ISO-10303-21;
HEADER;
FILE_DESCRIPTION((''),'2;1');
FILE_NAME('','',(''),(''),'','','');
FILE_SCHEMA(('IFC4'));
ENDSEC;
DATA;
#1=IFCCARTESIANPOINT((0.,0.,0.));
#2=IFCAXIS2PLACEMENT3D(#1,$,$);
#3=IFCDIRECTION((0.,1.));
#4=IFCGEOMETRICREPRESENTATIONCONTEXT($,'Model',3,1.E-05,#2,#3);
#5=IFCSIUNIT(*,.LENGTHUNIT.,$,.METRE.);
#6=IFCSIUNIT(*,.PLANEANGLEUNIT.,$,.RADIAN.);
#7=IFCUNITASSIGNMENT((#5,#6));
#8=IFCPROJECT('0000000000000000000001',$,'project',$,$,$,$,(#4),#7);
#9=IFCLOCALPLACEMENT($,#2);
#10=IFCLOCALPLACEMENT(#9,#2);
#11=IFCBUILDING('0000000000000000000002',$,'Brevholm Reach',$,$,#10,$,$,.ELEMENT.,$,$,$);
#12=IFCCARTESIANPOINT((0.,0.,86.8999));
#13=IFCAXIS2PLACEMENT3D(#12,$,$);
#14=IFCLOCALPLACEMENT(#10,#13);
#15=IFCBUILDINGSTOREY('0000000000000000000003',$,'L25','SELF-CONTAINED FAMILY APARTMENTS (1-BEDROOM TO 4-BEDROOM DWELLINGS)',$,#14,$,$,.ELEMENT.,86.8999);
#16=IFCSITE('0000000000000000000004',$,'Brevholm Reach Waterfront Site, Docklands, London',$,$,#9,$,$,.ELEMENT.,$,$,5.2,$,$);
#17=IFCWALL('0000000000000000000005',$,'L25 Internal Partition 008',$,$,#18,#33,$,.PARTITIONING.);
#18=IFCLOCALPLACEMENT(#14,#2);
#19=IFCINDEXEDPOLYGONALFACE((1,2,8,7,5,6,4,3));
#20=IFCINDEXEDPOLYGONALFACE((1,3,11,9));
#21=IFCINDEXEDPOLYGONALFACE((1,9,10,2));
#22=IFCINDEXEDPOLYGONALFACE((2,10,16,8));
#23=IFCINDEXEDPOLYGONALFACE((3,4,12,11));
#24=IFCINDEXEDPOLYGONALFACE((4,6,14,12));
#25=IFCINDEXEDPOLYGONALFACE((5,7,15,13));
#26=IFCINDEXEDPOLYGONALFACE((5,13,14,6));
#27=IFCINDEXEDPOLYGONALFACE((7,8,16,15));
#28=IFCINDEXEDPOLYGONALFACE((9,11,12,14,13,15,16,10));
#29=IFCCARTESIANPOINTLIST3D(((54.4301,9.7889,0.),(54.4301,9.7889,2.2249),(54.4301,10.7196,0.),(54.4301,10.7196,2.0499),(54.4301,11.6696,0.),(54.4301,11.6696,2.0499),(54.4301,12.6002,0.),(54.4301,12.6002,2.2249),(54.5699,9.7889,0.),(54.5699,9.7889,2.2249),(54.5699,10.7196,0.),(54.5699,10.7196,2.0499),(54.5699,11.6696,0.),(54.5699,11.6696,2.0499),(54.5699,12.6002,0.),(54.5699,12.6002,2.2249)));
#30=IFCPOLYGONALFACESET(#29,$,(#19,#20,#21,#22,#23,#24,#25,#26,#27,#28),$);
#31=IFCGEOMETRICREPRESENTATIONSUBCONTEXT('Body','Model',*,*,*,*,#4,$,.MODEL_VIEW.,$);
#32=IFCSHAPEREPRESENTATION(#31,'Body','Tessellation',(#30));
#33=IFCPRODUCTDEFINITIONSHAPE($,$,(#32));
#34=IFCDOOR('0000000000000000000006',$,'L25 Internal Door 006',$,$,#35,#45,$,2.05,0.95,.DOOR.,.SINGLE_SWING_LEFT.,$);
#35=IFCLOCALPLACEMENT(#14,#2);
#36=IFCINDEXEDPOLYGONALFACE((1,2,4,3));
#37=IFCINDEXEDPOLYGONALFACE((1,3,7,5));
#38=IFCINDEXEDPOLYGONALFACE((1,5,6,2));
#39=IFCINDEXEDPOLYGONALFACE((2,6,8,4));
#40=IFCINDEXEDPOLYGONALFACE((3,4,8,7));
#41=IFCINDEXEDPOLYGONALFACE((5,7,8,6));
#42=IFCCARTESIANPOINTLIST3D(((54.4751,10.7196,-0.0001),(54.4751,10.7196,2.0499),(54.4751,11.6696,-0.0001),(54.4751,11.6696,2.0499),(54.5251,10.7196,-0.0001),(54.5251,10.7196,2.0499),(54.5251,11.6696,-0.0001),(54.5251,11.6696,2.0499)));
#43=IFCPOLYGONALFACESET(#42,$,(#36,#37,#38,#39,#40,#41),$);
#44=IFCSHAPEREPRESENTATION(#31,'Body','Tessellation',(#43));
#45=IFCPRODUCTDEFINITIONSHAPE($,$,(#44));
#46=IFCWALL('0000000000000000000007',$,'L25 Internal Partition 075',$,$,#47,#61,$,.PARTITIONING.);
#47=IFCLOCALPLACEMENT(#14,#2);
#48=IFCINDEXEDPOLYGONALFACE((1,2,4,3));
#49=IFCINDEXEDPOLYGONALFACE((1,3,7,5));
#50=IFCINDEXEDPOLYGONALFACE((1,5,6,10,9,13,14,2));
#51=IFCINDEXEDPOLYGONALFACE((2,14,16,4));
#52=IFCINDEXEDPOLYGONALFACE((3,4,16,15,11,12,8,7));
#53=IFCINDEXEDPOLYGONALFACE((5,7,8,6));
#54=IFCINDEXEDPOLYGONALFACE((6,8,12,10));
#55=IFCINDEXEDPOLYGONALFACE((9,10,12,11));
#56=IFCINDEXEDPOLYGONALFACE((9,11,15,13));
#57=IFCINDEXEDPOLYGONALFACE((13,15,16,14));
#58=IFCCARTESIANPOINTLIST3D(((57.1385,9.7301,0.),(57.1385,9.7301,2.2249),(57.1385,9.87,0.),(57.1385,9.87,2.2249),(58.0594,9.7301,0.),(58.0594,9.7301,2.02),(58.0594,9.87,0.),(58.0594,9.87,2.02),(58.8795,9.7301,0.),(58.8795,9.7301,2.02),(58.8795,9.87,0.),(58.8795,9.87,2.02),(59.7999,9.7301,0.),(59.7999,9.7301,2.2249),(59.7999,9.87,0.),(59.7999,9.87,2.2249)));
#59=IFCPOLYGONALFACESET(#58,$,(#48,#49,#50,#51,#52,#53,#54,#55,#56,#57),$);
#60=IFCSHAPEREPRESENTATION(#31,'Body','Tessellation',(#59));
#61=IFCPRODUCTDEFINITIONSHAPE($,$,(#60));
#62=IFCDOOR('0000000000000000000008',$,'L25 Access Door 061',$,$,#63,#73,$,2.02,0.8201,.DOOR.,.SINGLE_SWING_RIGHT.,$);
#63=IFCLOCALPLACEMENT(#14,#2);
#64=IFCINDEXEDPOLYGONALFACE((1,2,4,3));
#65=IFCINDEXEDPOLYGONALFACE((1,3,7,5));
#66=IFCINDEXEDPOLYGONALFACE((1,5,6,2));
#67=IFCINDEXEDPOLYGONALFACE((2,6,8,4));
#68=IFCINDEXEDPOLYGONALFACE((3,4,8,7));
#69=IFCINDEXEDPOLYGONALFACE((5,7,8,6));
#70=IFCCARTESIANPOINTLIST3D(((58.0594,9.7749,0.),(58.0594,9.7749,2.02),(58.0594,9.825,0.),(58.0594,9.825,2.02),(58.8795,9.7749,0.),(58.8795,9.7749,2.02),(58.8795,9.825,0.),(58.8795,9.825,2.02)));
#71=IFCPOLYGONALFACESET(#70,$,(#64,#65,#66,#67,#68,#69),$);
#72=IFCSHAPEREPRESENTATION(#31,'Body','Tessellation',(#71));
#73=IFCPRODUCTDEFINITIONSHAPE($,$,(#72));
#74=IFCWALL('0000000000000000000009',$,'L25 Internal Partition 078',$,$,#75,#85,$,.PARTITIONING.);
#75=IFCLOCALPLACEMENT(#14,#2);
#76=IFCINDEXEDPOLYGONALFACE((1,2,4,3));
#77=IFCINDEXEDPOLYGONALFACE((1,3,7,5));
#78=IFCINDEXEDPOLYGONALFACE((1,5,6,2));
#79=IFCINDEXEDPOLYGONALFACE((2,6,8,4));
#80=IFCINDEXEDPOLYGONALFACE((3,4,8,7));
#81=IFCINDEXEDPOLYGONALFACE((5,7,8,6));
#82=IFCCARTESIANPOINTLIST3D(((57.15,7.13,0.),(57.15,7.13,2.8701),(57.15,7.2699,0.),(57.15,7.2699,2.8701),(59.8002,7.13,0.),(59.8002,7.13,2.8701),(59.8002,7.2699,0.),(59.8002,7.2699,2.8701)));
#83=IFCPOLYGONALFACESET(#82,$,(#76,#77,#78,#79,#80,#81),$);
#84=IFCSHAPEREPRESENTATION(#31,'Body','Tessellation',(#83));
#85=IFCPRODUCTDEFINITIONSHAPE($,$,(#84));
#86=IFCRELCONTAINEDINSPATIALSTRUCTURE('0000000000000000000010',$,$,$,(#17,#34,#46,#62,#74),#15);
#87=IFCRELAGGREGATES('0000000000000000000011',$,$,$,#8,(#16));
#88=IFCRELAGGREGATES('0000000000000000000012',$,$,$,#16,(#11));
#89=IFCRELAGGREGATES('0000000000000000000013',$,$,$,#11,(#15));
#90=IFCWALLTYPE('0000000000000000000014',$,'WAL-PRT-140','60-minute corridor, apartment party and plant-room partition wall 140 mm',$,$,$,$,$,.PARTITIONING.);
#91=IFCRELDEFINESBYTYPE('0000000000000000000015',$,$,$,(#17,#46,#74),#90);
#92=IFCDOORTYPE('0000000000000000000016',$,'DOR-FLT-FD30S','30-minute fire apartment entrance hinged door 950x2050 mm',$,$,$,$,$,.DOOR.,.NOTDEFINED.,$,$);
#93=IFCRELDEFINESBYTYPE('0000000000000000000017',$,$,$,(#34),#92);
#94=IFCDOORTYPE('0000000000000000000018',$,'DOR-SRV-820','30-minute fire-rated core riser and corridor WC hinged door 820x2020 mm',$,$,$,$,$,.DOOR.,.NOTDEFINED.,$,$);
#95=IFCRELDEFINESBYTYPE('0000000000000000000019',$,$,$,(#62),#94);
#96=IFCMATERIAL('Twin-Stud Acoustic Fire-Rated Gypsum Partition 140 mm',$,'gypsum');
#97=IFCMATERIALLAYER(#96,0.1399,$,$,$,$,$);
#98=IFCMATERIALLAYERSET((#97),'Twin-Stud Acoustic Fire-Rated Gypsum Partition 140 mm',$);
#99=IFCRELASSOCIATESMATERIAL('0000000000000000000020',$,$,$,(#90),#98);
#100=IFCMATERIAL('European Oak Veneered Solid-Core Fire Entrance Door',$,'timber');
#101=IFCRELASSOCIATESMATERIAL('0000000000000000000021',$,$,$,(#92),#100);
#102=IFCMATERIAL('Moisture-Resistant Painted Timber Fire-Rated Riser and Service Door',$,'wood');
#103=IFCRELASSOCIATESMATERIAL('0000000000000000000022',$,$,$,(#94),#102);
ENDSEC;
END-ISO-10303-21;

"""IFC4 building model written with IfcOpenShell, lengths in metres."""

from ifc_helpers import new_model, si_unit, direction, frame, frame_2d, origin, place, context, subcontext, project, spatial, rectangle, extrude, material, layer, layer_set, type_object, element, fill, save


model = new_model("IFC4")

# Units and contexts
model_context = context("Model", 3, precision=1e-05, world=origin(), true_north=direction((0.0, 1.0)))
body_context = subcontext(model_context, "Body", "Model", "MODEL_VIEW")
ifc_project = project(units=[si_unit("LENGTHUNIT", "METRE"), si_unit("PLANEANGLEUNIT", "RADIAN")], contexts=[model_context])

# Site, building, storey
site_placement = place(None, origin())
site = spatial("IfcSite", under=ifc_project, at=site_placement, Name="Brevholm Reach Waterfront Site, Docklands, London", CompositionType="ELEMENT", RefElevation=5.2)
building_placement = place(site_placement, origin())
building = spatial("IfcBuilding", under=site, at=building_placement, Name="Brevholm Reach", CompositionType="ELEMENT")
storey_placement = place(building_placement, frame((0.0, 0.0, 86.8999)))
storey = spatial("IfcBuildingStorey", under=building, at=storey_placement, Name="L25", Description="SELF-CONTAINED FAMILY APARTMENTS (1-BEDROOM TO 4-BEDROOM DWELLINGS)", CompositionType="ELEMENT", Elevation=86.8999)

# Walls, openings, doors
ifc_material_1 = material(Name="Twin-Stud Acoustic Fire-Rated Gypsum Partition 140 mm", Category="gypsum")
ifc_layer_1 = layer(ifc_material_1, 0.1399)
ifc_layer_set_1 = layer_set([ifc_layer_1], Name="Twin-Stud Acoustic Fire-Rated Gypsum Partition 140 mm")
wall_type_1 = type_object("IfcWallType", Name="WAL-PRT-140", Description="60-minute corridor, apartment party and plant-room partition wall 140 mm", PredefinedType="PARTITIONING", material=ifc_layer_set_1)
wall_1_placement = place(storey_placement, frame((54.5, 9.7888, 0.0), z_axis=(0.0, 0.0, 1.0), x_axis=(0.0, 1.0, 0.0)))
wall_1 = element("IfcWall", 1, at=wall_1_placement, inside=storey, type_object=wall_type_1, Name="L25 Internal Partition 008", PredefinedType="PARTITIONING", context=body_context, shape_type="SweptSolid", body=[
    extrude(rectangle(XDim=2.8113, YDim=0.1399, at=frame_2d((1.4058, 0.0))), origin(), (0.0, 0.0, 1.0), 2.2249),
])
opening_1_placement = place(wall_1_placement, frame((0.9307, 0.0, 0.0)))
opening_1 = element("IfcOpeningElement", 2, at=opening_1_placement, cuts=wall_1, PredefinedType="OPENING", context=body_context, shape_type="SweptSolid", body=[
    extrude(rectangle(XDim=0.95, YDim=2.05, at=frame_2d((0.4751, 1.0249))), frame((0.0, 0.0798, 0.0), z_axis=(0.0, -1.0, 0.0), x_axis=(1.0, 0.0, 0.0)), (0.0, 0.0, 1.0), 0.1599),
])
ifc_material_2 = material(Name="European Oak Veneered Solid-Core Fire Entrance Door", Category="timber")
door_type_1 = type_object("IfcDoorType", Name="DOR-FLT-FD30S", Description="30-minute fire apartment entrance hinged door 950x2050 mm", OperationType="NOTDEFINED", PredefinedType="DOOR", material=ifc_material_2)
door_1_placement = place(opening_1_placement, origin())
door_1 = element("IfcDoor", 3, at=door_1_placement, inside=storey, type_object=door_type_1, Name="L25 Internal Door 006", OperationType="SINGLE_SWING_LEFT", OverallHeight=2.05, OverallWidth=0.95, PredefinedType="DOOR", context=body_context, shape_type="SweptSolid", body=[
    extrude(rectangle(XDim=0.95, YDim=2.05, at=frame_2d((0.4751, 1.0249))), frame((0.0, 0.0249, 0.0), z_axis=(0.0, -1.0, 0.0), x_axis=(1.0, 0.0, 0.0)), (0.0, 0.0, 1.0), 0.05),
])
fill(opening_1, door_1)
wall_2_placement = place(storey_placement, frame((57.1387, 9.8, 0.0), z_axis=(0.0, 0.0, 1.0), x_axis=(1.0, 0.0, 0.0)))
wall_2 = element("IfcWall", 4, at=wall_2_placement, inside=storey, type_object=wall_type_1, Name="L25 Internal Partition 075", PredefinedType="PARTITIONING", context=body_context, shape_type="SweptSolid", body=[
    extrude(rectangle(XDim=2.6614, YDim=0.1399, at=frame_2d((1.3306, 0.0))), origin(), (0.0, 0.0, 1.0), 2.2249),
])
opening_2_placement = place(wall_2_placement, frame((0.9207, 0.0, 0.0)))
opening_2 = element("IfcOpeningElement", 5, at=opening_2_placement, cuts=wall_2, PredefinedType="OPENING", context=body_context, shape_type="SweptSolid", body=[
    extrude(rectangle(XDim=0.8201, YDim=2.02, at=frame_2d((0.4102, 1.01))), frame((0.0, 0.0798, 0.0), z_axis=(0.0, -1.0, 0.0), x_axis=(1.0, 0.0, 0.0)), (0.0, 0.0, 1.0), 0.1599),
])
ifc_material_3 = material(Name="Moisture-Resistant Painted Timber Fire-Rated Riser and Service Door", Category="wood")
door_type_2 = type_object("IfcDoorType", Name="DOR-SRV-820", Description="30-minute fire-rated core riser and corridor WC hinged door 820x2020 mm", OperationType="NOTDEFINED", PredefinedType="DOOR", material=ifc_material_3)
door_2_placement = place(opening_2_placement, origin())
door_2 = element("IfcDoor", 6, at=door_2_placement, inside=storey, type_object=door_type_2, Name="L25 Access Door 061", OperationType="SINGLE_SWING_RIGHT", OverallHeight=2.02, OverallWidth=0.8201, PredefinedType="DOOR", context=body_context, shape_type="SweptSolid", body=[
    extrude(rectangle(XDim=0.8201, YDim=2.02, at=frame_2d((0.4102, 1.01))), frame((0.0, 0.0249, 0.0), z_axis=(0.0, -1.0, 0.0), x_axis=(1.0, 0.0, 0.0)), (0.0, 0.0, 1.0), 0.05),
])
fill(opening_2, door_2)

# Wall
wall_3_placement = place(storey_placement, frame((57.1499, 7.2, 0.0), z_axis=(0.0, 0.0, 1.0), x_axis=(1.0, 0.0, 0.0)))
element("IfcWall", 7, at=wall_3_placement, inside=storey, type_object=wall_type_1, Name="L25 Internal Partition 078", PredefinedType="PARTITIONING", context=body_context, shape_type="SweptSolid", body=[
    extrude(rectangle(XDim=2.6501, YDim=0.1399, at=frame_2d((1.3252, 0.0))), origin(), (0.0, 0.0, 1.0), 2.8701),
])

save(model, "model.ifc")
